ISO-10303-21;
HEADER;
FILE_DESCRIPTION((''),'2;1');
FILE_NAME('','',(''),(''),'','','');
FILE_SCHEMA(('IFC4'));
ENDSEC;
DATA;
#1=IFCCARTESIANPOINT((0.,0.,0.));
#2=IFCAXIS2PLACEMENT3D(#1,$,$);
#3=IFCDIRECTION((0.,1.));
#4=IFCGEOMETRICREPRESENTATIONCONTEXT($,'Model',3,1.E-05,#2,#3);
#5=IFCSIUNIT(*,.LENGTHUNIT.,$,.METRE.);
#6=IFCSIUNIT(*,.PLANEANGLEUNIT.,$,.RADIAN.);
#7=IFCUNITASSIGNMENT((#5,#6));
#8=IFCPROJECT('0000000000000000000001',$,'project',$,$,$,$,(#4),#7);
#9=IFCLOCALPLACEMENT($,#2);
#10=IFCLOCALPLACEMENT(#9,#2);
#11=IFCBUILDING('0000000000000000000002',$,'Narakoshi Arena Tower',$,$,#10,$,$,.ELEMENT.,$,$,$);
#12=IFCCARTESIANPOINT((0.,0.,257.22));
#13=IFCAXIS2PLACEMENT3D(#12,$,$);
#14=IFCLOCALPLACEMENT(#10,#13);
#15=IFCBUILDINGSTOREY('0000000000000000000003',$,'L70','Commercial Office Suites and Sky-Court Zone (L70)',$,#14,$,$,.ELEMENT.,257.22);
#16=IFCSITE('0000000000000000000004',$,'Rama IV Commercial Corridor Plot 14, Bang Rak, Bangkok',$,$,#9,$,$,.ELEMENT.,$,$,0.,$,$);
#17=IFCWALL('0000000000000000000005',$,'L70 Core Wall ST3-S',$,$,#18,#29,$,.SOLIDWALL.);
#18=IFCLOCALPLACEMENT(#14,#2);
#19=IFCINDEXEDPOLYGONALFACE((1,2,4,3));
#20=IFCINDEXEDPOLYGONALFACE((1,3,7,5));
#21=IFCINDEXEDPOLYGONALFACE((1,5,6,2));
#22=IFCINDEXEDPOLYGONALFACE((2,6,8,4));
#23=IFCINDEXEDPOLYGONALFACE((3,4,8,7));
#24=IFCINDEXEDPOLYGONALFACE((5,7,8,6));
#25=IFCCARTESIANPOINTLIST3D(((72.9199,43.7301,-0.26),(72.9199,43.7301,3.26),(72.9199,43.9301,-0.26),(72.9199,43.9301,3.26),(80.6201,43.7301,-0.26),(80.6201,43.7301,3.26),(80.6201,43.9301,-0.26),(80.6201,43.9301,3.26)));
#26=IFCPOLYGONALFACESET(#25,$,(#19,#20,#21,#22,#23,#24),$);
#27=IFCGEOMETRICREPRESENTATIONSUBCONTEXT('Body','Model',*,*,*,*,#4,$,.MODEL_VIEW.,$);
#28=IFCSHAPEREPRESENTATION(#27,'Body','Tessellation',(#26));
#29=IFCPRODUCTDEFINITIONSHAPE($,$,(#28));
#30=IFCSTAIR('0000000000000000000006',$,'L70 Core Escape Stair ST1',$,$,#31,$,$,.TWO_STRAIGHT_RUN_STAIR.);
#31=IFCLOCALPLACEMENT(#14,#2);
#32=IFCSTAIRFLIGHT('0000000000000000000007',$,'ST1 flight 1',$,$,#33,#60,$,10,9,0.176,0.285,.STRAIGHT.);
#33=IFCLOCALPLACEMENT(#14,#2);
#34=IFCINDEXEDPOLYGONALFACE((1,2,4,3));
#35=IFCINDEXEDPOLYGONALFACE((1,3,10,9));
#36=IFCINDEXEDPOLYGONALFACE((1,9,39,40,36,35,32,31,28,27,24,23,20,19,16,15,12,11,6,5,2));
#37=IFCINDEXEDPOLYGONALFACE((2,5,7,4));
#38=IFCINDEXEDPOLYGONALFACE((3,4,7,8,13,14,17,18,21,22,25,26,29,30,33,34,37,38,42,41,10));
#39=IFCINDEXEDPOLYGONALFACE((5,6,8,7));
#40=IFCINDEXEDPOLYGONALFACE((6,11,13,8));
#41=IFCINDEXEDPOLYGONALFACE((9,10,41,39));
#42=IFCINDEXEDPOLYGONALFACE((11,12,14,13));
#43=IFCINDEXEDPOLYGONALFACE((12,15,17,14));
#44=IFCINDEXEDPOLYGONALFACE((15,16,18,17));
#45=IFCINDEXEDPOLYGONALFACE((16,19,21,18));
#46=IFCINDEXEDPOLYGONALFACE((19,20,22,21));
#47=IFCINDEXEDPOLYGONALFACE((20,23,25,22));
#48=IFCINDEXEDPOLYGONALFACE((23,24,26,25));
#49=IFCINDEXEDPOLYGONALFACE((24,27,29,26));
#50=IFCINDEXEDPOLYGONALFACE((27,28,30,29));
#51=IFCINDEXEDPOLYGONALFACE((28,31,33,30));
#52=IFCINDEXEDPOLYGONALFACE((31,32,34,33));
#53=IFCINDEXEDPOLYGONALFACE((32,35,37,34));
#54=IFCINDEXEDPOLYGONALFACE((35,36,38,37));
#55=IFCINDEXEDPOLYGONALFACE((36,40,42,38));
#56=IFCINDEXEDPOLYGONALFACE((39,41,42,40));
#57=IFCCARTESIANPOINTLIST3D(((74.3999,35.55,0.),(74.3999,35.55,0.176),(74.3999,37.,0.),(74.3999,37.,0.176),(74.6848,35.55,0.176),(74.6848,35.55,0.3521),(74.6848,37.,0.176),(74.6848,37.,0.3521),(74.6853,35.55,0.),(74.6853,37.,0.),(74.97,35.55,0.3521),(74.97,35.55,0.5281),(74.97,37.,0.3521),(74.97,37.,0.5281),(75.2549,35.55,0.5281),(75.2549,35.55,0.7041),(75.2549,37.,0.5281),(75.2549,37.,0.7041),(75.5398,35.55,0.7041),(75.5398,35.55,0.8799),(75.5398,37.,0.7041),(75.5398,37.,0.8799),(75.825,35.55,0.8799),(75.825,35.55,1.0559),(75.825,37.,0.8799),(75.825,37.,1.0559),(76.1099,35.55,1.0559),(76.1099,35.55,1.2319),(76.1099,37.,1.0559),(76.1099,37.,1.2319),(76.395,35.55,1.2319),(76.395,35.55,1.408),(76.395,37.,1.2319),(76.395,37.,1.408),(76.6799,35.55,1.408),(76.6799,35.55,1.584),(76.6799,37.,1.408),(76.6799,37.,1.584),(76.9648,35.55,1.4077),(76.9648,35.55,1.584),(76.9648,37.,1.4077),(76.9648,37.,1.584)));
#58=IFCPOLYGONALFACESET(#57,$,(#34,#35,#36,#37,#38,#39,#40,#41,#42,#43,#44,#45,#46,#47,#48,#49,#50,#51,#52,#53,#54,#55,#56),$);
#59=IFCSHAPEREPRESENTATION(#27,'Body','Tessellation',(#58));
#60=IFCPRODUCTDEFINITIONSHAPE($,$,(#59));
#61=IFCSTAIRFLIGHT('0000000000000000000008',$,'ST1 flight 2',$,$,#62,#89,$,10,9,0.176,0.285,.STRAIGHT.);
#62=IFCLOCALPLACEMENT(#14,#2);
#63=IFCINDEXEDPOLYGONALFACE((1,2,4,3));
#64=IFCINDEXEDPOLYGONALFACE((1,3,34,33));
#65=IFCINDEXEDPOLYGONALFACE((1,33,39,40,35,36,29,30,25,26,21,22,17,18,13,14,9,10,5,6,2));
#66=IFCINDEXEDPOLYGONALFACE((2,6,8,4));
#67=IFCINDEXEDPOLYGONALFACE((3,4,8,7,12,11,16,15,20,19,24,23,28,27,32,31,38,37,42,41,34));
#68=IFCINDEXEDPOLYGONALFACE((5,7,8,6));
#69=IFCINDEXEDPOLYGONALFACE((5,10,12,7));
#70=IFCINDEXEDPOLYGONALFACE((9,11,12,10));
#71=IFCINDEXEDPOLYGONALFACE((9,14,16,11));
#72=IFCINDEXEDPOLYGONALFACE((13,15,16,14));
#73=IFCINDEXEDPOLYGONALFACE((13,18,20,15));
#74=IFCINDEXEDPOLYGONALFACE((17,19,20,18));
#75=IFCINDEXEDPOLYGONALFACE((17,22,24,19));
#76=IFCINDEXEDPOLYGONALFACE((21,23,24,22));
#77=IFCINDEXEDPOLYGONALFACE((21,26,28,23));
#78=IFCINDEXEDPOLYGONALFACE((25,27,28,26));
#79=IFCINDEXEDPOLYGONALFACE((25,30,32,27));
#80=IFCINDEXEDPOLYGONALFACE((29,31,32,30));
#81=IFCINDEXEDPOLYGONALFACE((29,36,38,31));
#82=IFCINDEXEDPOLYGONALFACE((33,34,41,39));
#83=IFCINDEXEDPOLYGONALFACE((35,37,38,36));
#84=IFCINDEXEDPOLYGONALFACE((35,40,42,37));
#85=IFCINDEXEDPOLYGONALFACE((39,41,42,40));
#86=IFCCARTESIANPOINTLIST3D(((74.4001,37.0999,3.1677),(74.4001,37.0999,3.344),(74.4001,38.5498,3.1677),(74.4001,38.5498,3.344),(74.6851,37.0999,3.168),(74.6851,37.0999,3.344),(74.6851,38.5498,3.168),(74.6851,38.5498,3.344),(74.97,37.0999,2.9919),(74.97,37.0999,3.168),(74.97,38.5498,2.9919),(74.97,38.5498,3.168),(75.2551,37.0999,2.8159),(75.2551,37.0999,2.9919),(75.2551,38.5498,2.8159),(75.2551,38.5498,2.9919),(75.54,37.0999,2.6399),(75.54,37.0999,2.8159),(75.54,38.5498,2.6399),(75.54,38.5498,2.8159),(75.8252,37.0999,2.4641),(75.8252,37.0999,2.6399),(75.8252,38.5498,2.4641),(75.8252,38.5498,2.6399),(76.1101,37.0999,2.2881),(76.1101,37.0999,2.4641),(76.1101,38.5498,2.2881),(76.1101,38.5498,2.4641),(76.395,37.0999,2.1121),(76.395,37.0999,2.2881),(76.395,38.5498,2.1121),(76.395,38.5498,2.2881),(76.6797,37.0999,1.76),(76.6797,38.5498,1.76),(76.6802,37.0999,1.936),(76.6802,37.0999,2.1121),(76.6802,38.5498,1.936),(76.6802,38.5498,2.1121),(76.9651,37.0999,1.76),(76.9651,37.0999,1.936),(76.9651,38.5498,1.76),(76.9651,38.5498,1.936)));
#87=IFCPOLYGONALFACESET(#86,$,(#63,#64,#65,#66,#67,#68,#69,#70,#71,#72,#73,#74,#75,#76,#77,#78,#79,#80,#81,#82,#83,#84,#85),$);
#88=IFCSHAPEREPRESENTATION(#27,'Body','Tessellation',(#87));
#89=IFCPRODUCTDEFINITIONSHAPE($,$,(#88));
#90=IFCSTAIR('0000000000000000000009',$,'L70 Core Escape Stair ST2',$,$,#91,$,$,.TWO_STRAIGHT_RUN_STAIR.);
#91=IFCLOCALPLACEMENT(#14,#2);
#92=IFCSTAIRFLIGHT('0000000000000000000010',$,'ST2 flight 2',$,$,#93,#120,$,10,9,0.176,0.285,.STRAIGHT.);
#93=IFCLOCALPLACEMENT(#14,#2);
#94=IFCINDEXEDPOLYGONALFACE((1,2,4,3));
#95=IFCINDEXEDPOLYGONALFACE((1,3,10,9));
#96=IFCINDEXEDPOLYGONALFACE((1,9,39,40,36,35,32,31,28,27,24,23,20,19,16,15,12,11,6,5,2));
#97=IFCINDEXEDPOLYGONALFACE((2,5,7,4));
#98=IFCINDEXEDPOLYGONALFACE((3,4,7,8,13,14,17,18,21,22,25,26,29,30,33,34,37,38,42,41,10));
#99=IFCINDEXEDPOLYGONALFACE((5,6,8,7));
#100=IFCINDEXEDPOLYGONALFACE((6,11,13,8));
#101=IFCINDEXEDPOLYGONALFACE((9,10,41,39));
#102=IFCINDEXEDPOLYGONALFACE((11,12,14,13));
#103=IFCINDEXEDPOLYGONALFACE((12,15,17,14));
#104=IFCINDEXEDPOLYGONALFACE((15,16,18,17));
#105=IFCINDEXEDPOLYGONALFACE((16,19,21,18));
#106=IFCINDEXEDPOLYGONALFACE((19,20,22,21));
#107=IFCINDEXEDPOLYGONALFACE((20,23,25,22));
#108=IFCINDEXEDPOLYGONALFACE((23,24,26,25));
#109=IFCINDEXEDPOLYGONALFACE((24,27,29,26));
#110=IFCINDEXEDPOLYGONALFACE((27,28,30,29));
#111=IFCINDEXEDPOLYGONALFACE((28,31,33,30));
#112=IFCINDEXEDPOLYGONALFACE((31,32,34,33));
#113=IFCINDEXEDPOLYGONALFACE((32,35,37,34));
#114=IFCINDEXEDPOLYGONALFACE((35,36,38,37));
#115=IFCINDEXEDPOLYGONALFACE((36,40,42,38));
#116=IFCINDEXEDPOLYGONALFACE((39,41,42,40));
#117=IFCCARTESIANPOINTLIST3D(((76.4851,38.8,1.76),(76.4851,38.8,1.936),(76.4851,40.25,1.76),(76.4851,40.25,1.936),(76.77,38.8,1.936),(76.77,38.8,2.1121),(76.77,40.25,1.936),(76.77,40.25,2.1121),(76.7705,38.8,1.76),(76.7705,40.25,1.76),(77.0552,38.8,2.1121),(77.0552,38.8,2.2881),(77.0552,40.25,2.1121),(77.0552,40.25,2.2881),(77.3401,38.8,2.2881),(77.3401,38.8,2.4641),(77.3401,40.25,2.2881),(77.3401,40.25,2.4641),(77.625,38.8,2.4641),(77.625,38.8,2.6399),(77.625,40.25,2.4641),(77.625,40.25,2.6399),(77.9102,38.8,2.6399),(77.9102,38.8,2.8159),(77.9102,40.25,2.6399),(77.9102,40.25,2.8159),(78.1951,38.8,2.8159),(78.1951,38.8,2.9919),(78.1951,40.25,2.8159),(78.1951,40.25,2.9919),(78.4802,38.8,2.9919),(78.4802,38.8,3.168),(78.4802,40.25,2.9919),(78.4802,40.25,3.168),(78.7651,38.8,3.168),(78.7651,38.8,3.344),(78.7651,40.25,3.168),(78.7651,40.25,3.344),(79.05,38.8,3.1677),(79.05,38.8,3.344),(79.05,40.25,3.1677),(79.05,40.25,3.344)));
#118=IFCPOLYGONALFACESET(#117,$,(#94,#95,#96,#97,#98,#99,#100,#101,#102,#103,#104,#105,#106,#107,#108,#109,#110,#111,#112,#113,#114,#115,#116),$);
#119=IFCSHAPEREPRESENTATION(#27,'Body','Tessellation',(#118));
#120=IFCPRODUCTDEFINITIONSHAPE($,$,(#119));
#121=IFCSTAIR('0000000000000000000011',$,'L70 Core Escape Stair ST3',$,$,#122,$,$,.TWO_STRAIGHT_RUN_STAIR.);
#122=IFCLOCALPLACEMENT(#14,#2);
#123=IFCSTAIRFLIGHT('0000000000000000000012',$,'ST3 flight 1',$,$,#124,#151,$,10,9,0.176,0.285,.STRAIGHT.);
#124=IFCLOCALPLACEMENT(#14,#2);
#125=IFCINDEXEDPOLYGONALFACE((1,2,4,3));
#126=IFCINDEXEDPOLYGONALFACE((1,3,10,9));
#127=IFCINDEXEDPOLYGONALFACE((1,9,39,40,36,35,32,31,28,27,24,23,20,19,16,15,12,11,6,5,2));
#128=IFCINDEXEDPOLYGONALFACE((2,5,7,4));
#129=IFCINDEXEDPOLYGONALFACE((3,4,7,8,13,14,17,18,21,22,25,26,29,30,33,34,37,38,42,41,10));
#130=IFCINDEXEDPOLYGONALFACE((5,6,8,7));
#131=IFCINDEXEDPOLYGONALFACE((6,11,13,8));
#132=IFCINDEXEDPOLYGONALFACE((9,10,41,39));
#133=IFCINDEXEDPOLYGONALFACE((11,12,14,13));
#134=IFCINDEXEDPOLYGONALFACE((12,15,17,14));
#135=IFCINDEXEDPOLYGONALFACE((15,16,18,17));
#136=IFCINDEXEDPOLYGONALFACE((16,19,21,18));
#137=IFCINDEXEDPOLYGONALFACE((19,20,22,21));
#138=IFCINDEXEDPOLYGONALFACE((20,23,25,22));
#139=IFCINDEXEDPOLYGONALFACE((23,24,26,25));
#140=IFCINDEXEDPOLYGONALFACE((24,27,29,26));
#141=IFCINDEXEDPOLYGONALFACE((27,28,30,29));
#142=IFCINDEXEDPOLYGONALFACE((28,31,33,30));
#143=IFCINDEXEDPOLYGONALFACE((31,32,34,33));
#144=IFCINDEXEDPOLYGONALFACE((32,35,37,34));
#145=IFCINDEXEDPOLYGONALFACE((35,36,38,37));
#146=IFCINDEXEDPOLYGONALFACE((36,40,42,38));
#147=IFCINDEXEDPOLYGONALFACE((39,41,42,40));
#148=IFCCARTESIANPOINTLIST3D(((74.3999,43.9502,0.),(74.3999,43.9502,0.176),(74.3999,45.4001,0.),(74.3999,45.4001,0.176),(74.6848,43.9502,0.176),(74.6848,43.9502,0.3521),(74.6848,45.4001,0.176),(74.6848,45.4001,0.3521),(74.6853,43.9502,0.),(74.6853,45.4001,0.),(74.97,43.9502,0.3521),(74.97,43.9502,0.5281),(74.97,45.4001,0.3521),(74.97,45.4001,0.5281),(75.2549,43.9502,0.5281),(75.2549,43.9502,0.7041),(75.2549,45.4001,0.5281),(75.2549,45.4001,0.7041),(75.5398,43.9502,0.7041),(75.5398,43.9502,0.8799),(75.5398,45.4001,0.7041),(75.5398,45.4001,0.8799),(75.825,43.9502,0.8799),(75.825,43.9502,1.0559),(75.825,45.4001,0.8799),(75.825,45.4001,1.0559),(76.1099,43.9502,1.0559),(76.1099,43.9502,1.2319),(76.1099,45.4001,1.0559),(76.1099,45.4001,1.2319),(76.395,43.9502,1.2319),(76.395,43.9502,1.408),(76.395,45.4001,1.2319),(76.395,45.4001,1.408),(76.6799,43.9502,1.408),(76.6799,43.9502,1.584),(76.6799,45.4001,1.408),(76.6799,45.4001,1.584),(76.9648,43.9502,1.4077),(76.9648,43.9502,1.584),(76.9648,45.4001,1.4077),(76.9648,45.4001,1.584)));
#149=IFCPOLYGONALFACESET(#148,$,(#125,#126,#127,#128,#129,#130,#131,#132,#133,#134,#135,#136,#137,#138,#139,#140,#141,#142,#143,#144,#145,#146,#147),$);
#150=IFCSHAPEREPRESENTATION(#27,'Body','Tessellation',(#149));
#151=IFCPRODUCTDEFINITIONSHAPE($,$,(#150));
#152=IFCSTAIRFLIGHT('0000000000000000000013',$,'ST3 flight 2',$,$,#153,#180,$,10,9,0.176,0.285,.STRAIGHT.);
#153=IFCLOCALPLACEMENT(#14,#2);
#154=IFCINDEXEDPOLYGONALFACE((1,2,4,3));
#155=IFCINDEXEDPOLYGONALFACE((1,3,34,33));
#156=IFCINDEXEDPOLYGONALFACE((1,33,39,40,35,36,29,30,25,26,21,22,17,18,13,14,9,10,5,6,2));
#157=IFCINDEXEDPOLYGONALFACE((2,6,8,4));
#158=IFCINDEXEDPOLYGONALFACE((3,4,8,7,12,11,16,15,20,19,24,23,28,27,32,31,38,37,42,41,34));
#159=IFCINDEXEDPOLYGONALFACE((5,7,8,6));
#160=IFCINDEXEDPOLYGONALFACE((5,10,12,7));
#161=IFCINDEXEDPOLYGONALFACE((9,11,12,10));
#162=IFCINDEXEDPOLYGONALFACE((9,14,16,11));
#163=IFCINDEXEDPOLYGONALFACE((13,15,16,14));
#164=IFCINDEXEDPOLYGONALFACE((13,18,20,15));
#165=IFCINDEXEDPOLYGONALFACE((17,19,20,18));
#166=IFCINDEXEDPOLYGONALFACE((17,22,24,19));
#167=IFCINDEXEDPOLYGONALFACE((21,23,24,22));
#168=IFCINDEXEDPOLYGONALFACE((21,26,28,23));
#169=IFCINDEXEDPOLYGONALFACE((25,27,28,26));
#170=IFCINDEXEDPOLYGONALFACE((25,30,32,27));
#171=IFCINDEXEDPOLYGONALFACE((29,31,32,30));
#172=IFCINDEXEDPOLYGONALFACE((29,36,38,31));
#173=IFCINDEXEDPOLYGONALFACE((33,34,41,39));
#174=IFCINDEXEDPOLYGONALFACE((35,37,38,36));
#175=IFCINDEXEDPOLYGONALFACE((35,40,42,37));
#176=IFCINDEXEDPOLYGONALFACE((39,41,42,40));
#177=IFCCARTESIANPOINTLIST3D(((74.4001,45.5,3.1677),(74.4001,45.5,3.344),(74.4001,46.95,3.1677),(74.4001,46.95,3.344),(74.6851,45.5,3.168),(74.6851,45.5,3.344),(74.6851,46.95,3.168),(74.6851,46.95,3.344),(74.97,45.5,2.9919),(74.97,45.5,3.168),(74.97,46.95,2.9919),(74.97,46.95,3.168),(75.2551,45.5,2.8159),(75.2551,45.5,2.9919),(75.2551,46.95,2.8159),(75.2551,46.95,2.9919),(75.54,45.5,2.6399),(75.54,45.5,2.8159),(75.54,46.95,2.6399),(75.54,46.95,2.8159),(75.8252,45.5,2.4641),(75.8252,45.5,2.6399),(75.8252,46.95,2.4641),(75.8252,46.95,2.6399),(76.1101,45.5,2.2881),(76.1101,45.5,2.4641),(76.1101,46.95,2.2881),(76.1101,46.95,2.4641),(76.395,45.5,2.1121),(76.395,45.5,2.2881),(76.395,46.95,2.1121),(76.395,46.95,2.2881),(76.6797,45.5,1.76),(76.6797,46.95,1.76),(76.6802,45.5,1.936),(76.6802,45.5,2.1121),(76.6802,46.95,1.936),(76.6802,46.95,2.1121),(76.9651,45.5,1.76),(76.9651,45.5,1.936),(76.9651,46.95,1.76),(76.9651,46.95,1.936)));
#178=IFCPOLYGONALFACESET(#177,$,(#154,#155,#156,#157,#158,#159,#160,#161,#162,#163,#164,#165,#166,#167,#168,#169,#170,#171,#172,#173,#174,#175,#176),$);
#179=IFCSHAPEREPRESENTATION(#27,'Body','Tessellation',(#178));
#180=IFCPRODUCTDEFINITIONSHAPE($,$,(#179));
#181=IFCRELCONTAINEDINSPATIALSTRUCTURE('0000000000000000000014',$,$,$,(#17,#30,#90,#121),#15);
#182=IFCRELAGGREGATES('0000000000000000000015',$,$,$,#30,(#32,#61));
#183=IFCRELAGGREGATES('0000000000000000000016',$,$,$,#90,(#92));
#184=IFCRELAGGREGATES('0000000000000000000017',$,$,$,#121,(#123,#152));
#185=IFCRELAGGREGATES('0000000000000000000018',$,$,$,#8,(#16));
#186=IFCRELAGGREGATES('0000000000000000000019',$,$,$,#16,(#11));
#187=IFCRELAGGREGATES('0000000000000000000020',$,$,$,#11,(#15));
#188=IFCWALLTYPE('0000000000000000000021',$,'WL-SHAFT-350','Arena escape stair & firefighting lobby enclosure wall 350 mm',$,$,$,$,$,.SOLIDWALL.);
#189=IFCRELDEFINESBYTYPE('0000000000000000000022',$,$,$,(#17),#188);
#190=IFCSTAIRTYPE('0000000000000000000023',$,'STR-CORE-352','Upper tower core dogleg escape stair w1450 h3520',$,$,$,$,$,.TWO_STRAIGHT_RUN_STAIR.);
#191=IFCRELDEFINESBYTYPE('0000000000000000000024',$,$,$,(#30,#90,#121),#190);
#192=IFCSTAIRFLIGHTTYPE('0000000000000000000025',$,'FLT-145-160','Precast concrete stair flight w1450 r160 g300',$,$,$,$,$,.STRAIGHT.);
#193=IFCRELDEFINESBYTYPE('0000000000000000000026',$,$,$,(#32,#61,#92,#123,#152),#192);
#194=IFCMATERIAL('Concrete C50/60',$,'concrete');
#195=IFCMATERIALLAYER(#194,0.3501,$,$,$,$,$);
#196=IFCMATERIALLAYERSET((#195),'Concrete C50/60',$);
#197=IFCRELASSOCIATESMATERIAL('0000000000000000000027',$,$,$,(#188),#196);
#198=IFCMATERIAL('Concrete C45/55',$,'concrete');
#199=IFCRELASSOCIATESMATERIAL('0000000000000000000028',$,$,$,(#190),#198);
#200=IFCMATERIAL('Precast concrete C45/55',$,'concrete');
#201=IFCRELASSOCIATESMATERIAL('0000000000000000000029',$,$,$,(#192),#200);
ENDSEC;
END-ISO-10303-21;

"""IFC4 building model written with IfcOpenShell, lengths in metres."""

from ifc_helpers import new_model, si_unit, direction, frame, frame_2d, origin, place, context, subcontext, project, spatial, polyline, rectangle, outline, extrude, material, layer, layer_set, type_object, element, aggregate, save


model = new_model("IFC4")

# Units and contexts
model_context = context("Model", 3, precision=1e-05, world=origin(), true_north=direction((0.0, 1.0)))
body_context = subcontext(model_context, "Body", "Model", "MODEL_VIEW")
ifc_project = project(units=[si_unit("LENGTHUNIT", "METRE"), si_unit("PLANEANGLEUNIT", "RADIAN")], contexts=[model_context])

# Site, building, storey
site_placement = place(None, origin())
site = spatial("IfcSite", under=ifc_project, at=site_placement, Name="Rama IV Commercial Corridor Plot 14, Bang Rak, Bangkok", CompositionType="ELEMENT", RefElevation=0.0)
building_placement = place(site_placement, origin())
building = spatial("IfcBuilding", under=site, at=building_placement, Name="Narakoshi Arena Tower", CompositionType="ELEMENT")
storey_placement = place(building_placement, frame((0.0, 0.0, 257.22)))
storey = spatial("IfcBuildingStorey", under=building, at=storey_placement, Name="L70", Description="Commercial Office Suites and Sky-Court Zone (L70)", CompositionType="ELEMENT", Elevation=257.22)

# Shared definitions
ifc_material_1 = material(Name="Concrete C50/60", Category="concrete")

# Shared definitions
ifc_material_2 = material(Name="Precast concrete C45/55", Category="concrete")

# Wall
ifc_layer_1 = layer(ifc_material_1, 0.3501)
ifc_layer_set_1 = layer_set([ifc_layer_1], Name="Concrete C50/60")
wall_type_1 = type_object("IfcWallType", Name="WL-SHAFT-350", Description="Arena escape stair & firefighting lobby enclosure wall 350 mm", PredefinedType="SOLIDWALL", material=ifc_layer_set_1)
wall_1_placement = place(storey_placement, frame((72.9199, 43.8301, -0.26), z_axis=(0.0, 0.0, 1.0), x_axis=(1.0, 0.0, 0.0)))
element("IfcWall", 1, at=wall_1_placement, inside=storey, type_object=wall_type_1, Name="L70 Core Wall ST3-S", PredefinedType="SOLIDWALL", context=body_context, shape_type="SweptSolid", body=[
    extrude(rectangle(XDim=7.7002, YDim=0.2, at=frame_2d((3.8501, 0.0))), origin(), (0.0, 0.0, 1.0), 3.52),
])

# Stair, stair flights
ifc_material_3 = material(Name="Concrete C45/55", Category="concrete")
stair_type = type_object("IfcStairType", Name="STR-CORE-352", Description="Upper tower core dogleg escape stair w1450 h3520", PredefinedType="TWO_STRAIGHT_RUN_STAIR", material=ifc_material_3)
stair_1_placement = place(storey_placement, origin())
stair_1 = element("IfcStair", 2, at=stair_1_placement, inside=storey, type_object=stair_type, Name="L70 Core Escape Stair ST1", PredefinedType="TWO_STRAIGHT_RUN_STAIR")
stair_flight_type = type_object("IfcStairFlightType", Name="FLT-145-160", Description="Precast concrete stair flight w1450 r160 g300", PredefinedType="STRAIGHT", material=ifc_material_2)
stair_flight_1_placement = place(storey_placement, frame((74.3999, 36.2749, 0.0), z_axis=(0.0, 0.0, 1.0), x_axis=(1.0, 0.0, 0.0)))
stair_flight_1 = element("IfcStairFlight", 3, at=stair_flight_1_placement, type_object=stair_flight_type, Name="ST1 flight 1", NumberOfRisers=10, NumberOfTreads=9, PredefinedType="STRAIGHT", RiserHeight=0.176, TreadLength=0.285, context=body_context, shape_type="SweptSolid", body=[
    extrude(outline(polyline([(0.0, 0.0), (0.0, 0.176), (0.2849, 0.176), (0.2849, 0.3521), (0.5701, 0.3521), (0.5701, 0.5281), (0.855, 0.5281), (0.855, 0.7041), (1.1399, 0.7041), (1.1399, 0.8799), (1.425, 0.8799), (1.425, 1.0559), (1.71, 1.0559), (1.71, 1.2319), (1.9951, 1.2319), (1.9951, 1.408), (2.28, 1.408), (2.28, 1.584), (2.5649, 1.584), (2.5649, 1.76), (2.5649, 1.4077), (0.2854, 0.0), (0.0, 0.0)])), frame((0.0, 0.7251, 0.0), z_axis=(0.0, -1.0, 0.0), x_axis=(1.0, 0.0, 0.0)), (0.0, 0.0, 1.0), 1.45),
])
stair_flight_2_placement = place(storey_placement, frame((76.9651, 37.825, 1.76), z_axis=(0.0, 0.0, 1.0), x_axis=(-1.0, 0.0, 0.0)))
stair_flight_2 = element("IfcStairFlight", 4, at=stair_flight_2_placement, type_object=stair_flight_type, Name="ST1 flight 2", NumberOfRisers=10, NumberOfTreads=9, PredefinedType="STRAIGHT", RiserHeight=0.176, TreadLength=0.285, context=body_context, shape_type="SweptSolid", body=[
    extrude(outline(polyline([(0.0, 0.0), (0.0, 0.176), (0.2849, 0.176), (0.2849, 0.3521), (0.5701, 0.3521), (0.5701, 0.5281), (0.855, 0.5281), (0.855, 0.7041), (1.1399, 0.7041), (1.1399, 0.8799), (1.425, 0.8799), (1.425, 1.0559), (1.71, 1.0559), (1.71, 1.2319), (1.9951, 1.2319), (1.9951, 1.408), (2.28, 1.408), (2.28, 1.584), (2.5649, 1.584), (2.5649, 1.76), (2.5649, 1.4077), (0.2854, 0.0), (0.0, 0.0)])), frame((0.0, 0.7251, 0.0), z_axis=(0.0, -1.0, 0.0), x_axis=(1.0, 0.0, 0.0)), (0.0, 0.0, 1.0), 1.45),
])
aggregate(stair_1, [stair_flight_1, stair_flight_2])

# Stair, stair flight
stair_2_placement = place(storey_placement, origin())
stair_2 = element("IfcStair", 5, at=stair_2_placement, inside=storey, type_object=stair_type, Name="L70 Core Escape Stair ST2", PredefinedType="TWO_STRAIGHT_RUN_STAIR")
stair_flight_3_placement = place(storey_placement, frame((76.4851, 39.5249, 1.76), z_axis=(0.0, 0.0, 1.0), x_axis=(1.0, 0.0, 0.0)))
stair_flight_3 = element("IfcStairFlight", 6, at=stair_flight_3_placement, type_object=stair_flight_type, Name="ST2 flight 2", NumberOfRisers=10, NumberOfTreads=9, PredefinedType="STRAIGHT", RiserHeight=0.176, TreadLength=0.285, context=body_context, shape_type="SweptSolid", body=[
    extrude(outline(polyline([(0.0, 0.0), (0.0, 0.176), (0.2849, 0.176), (0.2849, 0.3521), (0.5701, 0.3521), (0.5701, 0.5281), (0.855, 0.5281), (0.855, 0.7041), (1.1399, 0.7041), (1.1399, 0.8799), (1.425, 0.8799), (1.425, 1.0559), (1.71, 1.0559), (1.71, 1.2319), (1.9951, 1.2319), (1.9951, 1.408), (2.28, 1.408), (2.28, 1.584), (2.5649, 1.584), (2.5649, 1.76), (2.5649, 1.4077), (0.2854, 0.0), (0.0, 0.0)])), frame((0.0, 0.7251, 0.0), z_axis=(0.0, -1.0, 0.0), x_axis=(1.0, 0.0, 0.0)), (0.0, 0.0, 1.0), 1.45),
])
aggregate(stair_2, [stair_flight_3])

# Stair, stair flights
stair_3_placement = place(storey_placement, origin())
stair_3 = element("IfcStair", 7, at=stair_3_placement, inside=storey, type_object=stair_type, Name="L70 Core Escape Stair ST3", PredefinedType="TWO_STRAIGHT_RUN_STAIR")
stair_flight_4_placement = place(storey_placement, frame((74.3999, 44.675, 0.0), z_axis=(0.0, 0.0, 1.0), x_axis=(1.0, 0.0, 0.0)))
stair_flight_4 = element("IfcStairFlight", 8, at=stair_flight_4_placement, type_object=stair_flight_type, Name="ST3 flight 1", NumberOfRisers=10, NumberOfTreads=9, PredefinedType="STRAIGHT", RiserHeight=0.176, TreadLength=0.285, context=body_context, shape_type="SweptSolid", body=[
    extrude(outline(polyline([(0.0, 0.0), (0.0, 0.176), (0.2849, 0.176), (0.2849, 0.3521), (0.5701, 0.3521), (0.5701, 0.5281), (0.855, 0.5281), (0.855, 0.7041), (1.1399, 0.7041), (1.1399, 0.8799), (1.425, 0.8799), (1.425, 1.0559), (1.71, 1.0559), (1.71, 1.2319), (1.9951, 1.2319), (1.9951, 1.408), (2.28, 1.408), (2.28, 1.584), (2.5649, 1.584), (2.5649, 1.76), (2.5649, 1.4077), (0.2854, 0.0), (0.0, 0.0)])), frame((0.0, 0.7251, 0.0), z_axis=(0.0, -1.0, 0.0), x_axis=(1.0, 0.0, 0.0)), (0.0, 0.0, 1.0), 1.45),
])
stair_flight_5_placement = place(storey_placement, frame((76.9651, 46.2251, 1.76), z_axis=(0.0, 0.0, 1.0), x_axis=(-1.0, 0.0, 0.0)))
stair_flight_5 = element("IfcStairFlight", 9, at=stair_flight_5_placement, type_object=stair_flight_type, Name="ST3 flight 2", NumberOfRisers=10, NumberOfTreads=9, PredefinedType="STRAIGHT", RiserHeight=0.176, TreadLength=0.285, context=body_context, shape_type="SweptSolid", body=[
    extrude(outline(polyline([(0.0, 0.0), (0.0, 0.176), (0.2849, 0.176), (0.2849, 0.3521), (0.5701, 0.3521), (0.5701, 0.5281), (0.855, 0.5281), (0.855, 0.7041), (1.1399, 0.7041), (1.1399, 0.8799), (1.425, 0.8799), (1.425, 1.0559), (1.71, 1.0559), (1.71, 1.2319), (1.9951, 1.2319), (1.9951, 1.408), (2.28, 1.408), (2.28, 1.584), (2.5649, 1.584), (2.5649, 1.76), (2.5649, 1.4077), (0.2854, 0.0), (0.0, 0.0)])), frame((0.0, 0.7251, 0.0), z_axis=(0.0, -1.0, 0.0), x_axis=(1.0, 0.0, 0.0)), (0.0, 0.0, 1.0), 1.45),
])
aggregate(stair_3, [stair_flight_4, stair_flight_5])

save(model, "model.ifc")
